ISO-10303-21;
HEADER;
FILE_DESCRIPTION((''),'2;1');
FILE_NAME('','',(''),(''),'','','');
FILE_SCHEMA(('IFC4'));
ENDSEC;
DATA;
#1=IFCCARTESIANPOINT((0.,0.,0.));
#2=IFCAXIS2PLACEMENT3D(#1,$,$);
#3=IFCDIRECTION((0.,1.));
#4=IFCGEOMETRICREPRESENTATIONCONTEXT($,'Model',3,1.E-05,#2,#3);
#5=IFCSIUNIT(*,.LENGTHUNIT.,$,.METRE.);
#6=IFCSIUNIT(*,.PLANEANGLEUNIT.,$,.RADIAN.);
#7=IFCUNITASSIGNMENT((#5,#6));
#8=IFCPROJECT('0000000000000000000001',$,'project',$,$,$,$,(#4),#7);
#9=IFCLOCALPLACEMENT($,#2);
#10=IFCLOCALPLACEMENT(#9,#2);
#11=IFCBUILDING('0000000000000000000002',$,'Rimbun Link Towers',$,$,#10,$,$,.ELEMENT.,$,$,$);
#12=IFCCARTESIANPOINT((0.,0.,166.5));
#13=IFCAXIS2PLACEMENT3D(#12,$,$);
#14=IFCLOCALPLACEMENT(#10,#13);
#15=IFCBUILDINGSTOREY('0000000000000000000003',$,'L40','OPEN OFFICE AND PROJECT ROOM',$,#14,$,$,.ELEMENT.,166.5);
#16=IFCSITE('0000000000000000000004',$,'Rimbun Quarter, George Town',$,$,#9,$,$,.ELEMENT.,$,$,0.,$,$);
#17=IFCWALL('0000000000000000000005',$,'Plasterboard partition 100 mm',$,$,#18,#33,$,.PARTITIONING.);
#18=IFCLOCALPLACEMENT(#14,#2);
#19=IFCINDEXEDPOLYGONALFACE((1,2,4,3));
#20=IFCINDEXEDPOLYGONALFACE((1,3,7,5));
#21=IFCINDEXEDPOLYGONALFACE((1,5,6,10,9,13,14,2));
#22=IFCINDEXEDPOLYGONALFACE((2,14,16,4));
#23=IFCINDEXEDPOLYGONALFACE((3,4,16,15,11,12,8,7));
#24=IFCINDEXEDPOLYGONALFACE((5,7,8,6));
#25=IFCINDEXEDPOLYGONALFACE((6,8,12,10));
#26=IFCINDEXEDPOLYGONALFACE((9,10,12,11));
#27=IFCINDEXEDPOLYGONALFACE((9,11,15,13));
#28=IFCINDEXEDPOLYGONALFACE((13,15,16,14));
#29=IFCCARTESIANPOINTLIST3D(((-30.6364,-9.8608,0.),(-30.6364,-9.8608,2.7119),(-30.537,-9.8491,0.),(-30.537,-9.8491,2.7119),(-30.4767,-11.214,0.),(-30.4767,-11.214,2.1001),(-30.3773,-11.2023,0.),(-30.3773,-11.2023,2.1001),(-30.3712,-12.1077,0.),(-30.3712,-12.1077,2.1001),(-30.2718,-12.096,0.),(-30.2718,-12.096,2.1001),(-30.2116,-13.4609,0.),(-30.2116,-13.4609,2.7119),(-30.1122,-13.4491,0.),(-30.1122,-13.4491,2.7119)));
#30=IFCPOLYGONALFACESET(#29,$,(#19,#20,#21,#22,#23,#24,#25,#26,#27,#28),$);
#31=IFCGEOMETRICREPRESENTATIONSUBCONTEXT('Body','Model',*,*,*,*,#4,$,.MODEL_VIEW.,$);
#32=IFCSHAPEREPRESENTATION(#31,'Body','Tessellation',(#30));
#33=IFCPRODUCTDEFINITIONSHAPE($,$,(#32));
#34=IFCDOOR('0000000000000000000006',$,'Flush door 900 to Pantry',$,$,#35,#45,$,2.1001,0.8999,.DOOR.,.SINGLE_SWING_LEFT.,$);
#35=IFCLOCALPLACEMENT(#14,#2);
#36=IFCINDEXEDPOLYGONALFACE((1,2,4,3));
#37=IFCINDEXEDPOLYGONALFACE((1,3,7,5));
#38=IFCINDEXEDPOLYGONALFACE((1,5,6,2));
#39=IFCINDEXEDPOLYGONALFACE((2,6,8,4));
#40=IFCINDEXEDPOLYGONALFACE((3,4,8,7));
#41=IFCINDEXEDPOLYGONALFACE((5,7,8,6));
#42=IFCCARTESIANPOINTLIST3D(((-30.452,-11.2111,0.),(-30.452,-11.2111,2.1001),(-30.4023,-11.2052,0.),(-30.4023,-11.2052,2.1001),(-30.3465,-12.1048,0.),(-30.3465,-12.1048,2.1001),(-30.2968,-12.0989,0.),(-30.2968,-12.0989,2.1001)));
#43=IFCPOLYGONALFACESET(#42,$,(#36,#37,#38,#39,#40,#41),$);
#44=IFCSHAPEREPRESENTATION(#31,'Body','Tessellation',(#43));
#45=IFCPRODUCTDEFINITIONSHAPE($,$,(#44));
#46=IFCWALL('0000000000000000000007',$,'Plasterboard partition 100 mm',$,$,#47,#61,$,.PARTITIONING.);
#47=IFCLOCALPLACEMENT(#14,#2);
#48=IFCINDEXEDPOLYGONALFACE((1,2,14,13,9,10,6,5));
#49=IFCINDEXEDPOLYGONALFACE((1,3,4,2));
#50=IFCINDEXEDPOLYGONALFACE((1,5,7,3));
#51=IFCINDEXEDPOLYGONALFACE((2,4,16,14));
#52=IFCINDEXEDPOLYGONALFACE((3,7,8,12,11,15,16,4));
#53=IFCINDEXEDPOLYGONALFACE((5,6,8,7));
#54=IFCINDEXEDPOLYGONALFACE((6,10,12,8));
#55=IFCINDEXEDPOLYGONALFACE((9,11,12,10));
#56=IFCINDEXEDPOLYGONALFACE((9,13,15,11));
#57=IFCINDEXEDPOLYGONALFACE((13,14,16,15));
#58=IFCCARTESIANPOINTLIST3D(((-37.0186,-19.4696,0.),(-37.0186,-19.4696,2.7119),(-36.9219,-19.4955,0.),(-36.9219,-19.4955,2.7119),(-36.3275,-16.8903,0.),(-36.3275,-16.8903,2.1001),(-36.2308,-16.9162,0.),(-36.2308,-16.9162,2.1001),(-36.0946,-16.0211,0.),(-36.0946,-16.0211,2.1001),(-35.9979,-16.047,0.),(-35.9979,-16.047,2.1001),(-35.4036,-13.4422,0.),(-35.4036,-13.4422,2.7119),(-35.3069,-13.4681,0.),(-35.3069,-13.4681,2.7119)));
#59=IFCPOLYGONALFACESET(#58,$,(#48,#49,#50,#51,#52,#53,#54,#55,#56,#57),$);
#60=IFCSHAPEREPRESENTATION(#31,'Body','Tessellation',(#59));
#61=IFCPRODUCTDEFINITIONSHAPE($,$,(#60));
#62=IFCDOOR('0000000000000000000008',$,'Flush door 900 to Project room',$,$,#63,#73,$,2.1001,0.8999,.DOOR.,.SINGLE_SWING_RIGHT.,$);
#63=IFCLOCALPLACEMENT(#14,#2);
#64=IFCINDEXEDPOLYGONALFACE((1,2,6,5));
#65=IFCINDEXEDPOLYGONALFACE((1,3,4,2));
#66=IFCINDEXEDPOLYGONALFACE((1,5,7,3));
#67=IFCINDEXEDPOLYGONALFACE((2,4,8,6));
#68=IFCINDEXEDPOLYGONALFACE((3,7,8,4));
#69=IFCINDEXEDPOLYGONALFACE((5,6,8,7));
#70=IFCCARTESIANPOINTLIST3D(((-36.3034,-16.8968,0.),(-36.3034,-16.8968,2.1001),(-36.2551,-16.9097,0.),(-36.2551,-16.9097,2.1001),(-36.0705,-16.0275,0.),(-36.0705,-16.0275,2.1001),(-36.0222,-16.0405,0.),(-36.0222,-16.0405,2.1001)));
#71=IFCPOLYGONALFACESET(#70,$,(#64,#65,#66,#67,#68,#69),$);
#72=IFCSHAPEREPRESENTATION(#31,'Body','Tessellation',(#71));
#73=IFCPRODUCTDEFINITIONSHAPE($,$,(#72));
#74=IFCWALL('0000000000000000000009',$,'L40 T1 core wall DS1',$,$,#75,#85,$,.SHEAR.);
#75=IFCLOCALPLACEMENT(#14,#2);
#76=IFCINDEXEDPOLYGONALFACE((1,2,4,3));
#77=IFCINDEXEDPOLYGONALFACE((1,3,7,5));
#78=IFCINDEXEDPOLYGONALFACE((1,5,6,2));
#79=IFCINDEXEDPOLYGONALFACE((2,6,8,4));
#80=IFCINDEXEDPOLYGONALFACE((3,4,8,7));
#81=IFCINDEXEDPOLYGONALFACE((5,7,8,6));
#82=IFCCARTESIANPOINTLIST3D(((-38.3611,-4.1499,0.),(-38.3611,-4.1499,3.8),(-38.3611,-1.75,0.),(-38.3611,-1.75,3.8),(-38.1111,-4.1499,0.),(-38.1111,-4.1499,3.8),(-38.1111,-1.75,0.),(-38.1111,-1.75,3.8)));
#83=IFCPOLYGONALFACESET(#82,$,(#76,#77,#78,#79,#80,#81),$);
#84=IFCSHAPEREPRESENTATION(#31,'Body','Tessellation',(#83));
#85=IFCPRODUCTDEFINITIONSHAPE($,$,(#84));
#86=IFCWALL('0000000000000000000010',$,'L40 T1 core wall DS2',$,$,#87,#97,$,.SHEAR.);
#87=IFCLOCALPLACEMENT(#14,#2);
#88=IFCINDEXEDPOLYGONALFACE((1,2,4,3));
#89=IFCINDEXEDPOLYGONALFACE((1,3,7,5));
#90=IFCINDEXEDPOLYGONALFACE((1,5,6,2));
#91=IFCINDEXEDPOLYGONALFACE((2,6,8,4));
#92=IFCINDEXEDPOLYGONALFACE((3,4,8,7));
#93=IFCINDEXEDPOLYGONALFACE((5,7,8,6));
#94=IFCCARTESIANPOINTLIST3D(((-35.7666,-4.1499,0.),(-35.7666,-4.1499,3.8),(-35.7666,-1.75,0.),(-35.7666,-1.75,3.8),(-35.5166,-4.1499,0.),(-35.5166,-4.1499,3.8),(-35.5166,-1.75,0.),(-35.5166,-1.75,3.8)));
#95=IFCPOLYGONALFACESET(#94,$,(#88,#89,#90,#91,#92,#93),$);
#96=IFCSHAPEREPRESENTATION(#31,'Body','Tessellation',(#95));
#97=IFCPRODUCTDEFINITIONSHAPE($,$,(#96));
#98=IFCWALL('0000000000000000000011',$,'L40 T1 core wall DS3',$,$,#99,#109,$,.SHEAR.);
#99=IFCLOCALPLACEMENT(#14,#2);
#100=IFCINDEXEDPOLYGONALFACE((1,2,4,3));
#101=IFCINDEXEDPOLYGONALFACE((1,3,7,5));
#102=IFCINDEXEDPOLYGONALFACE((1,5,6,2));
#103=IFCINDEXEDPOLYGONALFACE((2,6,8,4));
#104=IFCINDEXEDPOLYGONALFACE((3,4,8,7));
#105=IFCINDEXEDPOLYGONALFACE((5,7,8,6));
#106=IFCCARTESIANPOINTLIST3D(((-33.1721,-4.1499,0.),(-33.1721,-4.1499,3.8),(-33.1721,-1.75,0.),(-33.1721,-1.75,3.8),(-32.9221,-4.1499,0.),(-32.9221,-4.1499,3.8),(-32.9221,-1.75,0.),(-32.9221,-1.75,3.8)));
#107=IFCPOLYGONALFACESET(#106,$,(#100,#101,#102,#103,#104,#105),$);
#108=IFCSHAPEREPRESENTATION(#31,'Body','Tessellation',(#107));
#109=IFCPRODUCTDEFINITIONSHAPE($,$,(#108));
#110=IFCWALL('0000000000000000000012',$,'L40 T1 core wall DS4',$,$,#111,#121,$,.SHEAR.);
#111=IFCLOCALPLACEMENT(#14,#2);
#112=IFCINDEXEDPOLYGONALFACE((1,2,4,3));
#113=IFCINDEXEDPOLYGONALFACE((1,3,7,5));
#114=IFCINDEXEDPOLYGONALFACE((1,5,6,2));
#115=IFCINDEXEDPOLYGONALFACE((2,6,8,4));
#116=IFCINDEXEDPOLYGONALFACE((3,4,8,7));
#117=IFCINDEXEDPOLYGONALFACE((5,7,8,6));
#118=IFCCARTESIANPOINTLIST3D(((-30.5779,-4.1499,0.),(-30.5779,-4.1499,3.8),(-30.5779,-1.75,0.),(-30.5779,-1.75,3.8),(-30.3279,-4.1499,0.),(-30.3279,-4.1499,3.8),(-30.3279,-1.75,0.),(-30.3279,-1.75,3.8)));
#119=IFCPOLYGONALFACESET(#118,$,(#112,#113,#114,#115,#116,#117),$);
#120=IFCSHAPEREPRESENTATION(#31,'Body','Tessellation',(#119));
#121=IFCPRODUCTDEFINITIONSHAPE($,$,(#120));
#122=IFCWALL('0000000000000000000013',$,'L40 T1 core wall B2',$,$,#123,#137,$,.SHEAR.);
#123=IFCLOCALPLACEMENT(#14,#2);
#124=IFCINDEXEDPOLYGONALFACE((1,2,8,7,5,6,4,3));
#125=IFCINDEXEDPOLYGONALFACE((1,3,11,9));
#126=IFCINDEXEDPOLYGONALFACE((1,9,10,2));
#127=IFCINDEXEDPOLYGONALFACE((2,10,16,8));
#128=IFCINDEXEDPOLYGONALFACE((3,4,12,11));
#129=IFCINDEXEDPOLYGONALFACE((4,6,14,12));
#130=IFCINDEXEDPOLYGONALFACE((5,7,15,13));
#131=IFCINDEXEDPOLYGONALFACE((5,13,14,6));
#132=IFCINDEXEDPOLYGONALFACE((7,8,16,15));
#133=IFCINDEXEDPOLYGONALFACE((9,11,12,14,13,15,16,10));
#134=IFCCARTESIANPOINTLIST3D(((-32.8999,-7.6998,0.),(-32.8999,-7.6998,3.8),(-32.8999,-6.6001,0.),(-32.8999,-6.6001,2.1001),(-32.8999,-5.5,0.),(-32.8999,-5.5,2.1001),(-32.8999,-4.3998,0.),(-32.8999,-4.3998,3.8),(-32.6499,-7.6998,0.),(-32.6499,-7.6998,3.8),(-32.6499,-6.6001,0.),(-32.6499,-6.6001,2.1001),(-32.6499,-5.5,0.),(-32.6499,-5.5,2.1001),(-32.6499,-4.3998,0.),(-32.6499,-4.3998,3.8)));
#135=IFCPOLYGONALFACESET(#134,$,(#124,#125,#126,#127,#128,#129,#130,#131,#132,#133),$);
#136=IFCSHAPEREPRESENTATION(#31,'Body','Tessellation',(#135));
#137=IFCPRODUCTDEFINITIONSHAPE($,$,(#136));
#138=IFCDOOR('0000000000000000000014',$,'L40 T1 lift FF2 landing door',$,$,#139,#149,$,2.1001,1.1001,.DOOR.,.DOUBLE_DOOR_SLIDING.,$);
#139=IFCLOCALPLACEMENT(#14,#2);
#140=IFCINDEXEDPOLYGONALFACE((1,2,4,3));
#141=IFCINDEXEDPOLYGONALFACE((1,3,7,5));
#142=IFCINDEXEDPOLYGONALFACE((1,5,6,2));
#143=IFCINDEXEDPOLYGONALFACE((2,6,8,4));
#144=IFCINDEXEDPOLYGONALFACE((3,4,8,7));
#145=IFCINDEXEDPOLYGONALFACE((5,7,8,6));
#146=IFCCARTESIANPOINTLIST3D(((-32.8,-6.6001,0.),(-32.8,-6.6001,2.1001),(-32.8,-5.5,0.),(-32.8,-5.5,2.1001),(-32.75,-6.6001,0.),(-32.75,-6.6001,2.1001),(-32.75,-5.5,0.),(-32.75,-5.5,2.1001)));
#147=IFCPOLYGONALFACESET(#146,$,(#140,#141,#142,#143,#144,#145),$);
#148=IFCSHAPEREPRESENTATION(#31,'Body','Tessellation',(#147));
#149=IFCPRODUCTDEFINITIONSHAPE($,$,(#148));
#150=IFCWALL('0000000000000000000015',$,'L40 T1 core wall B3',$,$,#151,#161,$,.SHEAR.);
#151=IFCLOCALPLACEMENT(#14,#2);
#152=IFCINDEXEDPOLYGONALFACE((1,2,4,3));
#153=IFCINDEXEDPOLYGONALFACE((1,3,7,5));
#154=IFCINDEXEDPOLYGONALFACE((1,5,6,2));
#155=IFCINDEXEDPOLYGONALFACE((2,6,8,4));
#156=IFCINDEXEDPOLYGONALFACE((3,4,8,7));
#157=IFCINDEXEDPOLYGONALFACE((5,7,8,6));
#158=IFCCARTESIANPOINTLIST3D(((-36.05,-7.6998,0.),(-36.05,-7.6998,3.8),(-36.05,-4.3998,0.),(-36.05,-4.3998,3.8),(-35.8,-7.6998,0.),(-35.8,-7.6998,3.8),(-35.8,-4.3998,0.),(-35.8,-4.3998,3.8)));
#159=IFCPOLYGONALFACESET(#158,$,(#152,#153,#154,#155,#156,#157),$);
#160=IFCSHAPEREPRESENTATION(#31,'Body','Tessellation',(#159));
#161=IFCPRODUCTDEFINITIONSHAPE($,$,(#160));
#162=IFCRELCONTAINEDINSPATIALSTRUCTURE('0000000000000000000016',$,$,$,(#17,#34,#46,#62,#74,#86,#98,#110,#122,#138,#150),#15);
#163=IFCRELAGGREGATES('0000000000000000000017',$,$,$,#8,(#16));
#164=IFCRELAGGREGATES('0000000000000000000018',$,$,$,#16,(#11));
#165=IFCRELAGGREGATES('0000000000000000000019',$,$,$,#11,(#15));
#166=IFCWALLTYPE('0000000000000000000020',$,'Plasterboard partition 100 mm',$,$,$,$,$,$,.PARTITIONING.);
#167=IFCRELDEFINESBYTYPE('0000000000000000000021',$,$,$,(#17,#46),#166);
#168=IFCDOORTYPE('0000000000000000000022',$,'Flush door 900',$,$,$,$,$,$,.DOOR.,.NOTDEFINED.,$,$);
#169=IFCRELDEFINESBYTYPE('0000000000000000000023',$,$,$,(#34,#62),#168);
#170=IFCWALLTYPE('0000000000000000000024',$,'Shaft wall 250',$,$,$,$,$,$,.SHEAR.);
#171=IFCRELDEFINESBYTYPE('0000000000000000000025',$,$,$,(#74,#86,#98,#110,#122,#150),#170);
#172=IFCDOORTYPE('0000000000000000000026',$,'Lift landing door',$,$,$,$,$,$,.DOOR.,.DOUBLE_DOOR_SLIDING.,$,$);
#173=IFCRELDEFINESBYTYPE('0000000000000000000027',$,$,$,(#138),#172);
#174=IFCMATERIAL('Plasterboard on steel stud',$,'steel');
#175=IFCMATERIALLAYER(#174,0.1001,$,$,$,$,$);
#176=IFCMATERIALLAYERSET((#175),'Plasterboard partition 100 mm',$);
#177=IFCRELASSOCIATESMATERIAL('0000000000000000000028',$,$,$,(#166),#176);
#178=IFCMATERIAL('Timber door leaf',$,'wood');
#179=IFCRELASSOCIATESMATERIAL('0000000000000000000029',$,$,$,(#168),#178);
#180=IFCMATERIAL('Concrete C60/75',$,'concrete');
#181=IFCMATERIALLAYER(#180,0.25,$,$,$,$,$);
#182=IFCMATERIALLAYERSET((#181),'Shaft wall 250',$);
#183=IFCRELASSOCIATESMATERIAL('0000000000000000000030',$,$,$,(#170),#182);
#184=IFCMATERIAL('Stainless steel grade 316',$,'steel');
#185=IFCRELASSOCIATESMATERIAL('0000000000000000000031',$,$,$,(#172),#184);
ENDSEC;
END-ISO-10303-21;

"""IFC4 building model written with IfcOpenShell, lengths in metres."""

from ifc_helpers import new_model, si_unit, direction, frame, frame_2d, origin, place, context, subcontext, project, spatial, rectangle, extrude, material, layer, layer_set, type_object, element, fill, save


model = new_model("IFC4")

# Units and contexts
model_context = context("Model", 3, precision=1e-05, world=origin(), true_north=direction((0.0, 1.0)))
body_context = subcontext(model_context, "Body", "Model", "MODEL_VIEW")
ifc_project = project(units=[si_unit("LENGTHUNIT", "METRE"), si_unit("PLANEANGLEUNIT", "RADIAN")], contexts=[model_context])

# Site, building, storey
site_placement = place(None, origin())
site = spatial("IfcSite", under=ifc_project, at=site_placement, Name="Rimbun Quarter, George Town", CompositionType="ELEMENT", RefElevation=0.0)
building_placement = place(site_placement, origin())
building = spatial("IfcBuilding", under=site, at=building_placement, Name="Rimbun Link Towers", CompositionType="ELEMENT")
storey_placement = place(building_placement, frame((0.0, 0.0, 166.5)))
storey = spatial("IfcBuildingStorey", under=building, at=storey_placement, Name="L40", Description="OPEN OFFICE AND PROJECT ROOM", CompositionType="ELEMENT", Elevation=166.5)

# Walls, openings, doors
ifc_material_1 = material(Name="Plasterboard on steel stud", Category="steel")
ifc_layer_1 = layer(ifc_material_1, 0.1001)
ifc_layer_set_1 = layer_set([ifc_layer_1], Name="Plasterboard partition 100 mm")
wall_type_1 = type_object("IfcWallType", Name="Plasterboard partition 100 mm", PredefinedType="PARTITIONING", material=ifc_layer_set_1)
ifc_material_2 = material(Name="Timber door leaf", Category="wood")
door_type_1 = type_object("IfcDoorType", Name="Flush door 900", OperationType="NOTDEFINED", PredefinedType="DOOR", material=ifc_material_2)
wall_1_placement = place(storey_placement, frame((-30.5867, -9.855, 0.0), z_axis=(0.0, 0.0, 1.0), x_axis=(0.117185, -0.99311, 0.0)))
wall_1 = element("IfcWall", 1, at=wall_1_placement, inside=storey, type_object=wall_type_1, Name="Plasterboard partition 100 mm", PredefinedType="PARTITIONING", context=body_context, shape_type="SweptSolid", body=[
    extrude(rectangle(XDim=3.625, YDim=0.1001, at=frame_2d((1.8125, 0.0))), origin(), (0.0, 0.0, 1.0), 2.7119),
])
opening_1_placement = place(wall_1_placement, frame((1.3625, 0.0, 0.0)))
opening_1 = element("IfcOpeningElement", 2, at=opening_1_placement, cuts=wall_1, PredefinedType="OPENING", context=body_context, shape_type="SweptSolid", body=[
    extrude(rectangle(XDim=0.8999, YDim=2.1001, at=frame_2d((0.45, 1.05))), frame((0.0, 0.0601, 0.0), z_axis=(0.0, -1.0, 0.0), x_axis=(1.0, 0.0, 0.0)), (0.0, 0.0, 1.0), 0.1201),
])
door_1_placement = place(opening_1_placement, origin())
door_1 = element("IfcDoor", 3, at=door_1_placement, inside=storey, type_object=door_type_1, Name="Flush door 900 to Pantry", OperationType="SINGLE_SWING_LEFT", OverallHeight=2.1001, OverallWidth=0.8999, PredefinedType="DOOR", context=body_context, shape_type="SweptSolid", body=[
    extrude(rectangle(XDim=0.8999, YDim=2.1001, at=frame_2d((0.45, 1.05))), frame((0.0, 0.0249, 0.0), z_axis=(0.0, -1.0, 0.0), x_axis=(1.0, 0.0, 0.0)), (0.0, 0.0, 1.0), 0.05),
])
fill(opening_1, door_1)
wall_2_placement = place(storey_placement, frame((-35.3552, -13.4551, 0.0), z_axis=(0.0, 0.0, 1.0), x_axis=(-0.258814, -0.965927, 0.0)))
wall_2 = element("IfcWall", 4, at=wall_2_placement, inside=storey, type_object=wall_type_1, Name="Plasterboard partition 100 mm", PredefinedType="PARTITIONING", context=body_context, shape_type="SweptSolid", body=[
    extrude(rectangle(XDim=6.24, YDim=0.1001, at=frame_2d((3.1201, 0.0))), origin(), (0.0, 0.0, 1.0), 2.7119),
])
opening_2_placement = place(wall_2_placement, frame((2.6699, 0.0, 0.0)))
opening_2 = element("IfcOpeningElement", 5, at=opening_2_placement, cuts=wall_2, PredefinedType="OPENING", context=body_context, shape_type="SweptSolid", body=[
    extrude(rectangle(XDim=0.8999, YDim=2.1001, at=frame_2d((0.45, 1.05))), frame((0.0, 0.0601, 0.0), z_axis=(0.0, -1.0, 0.0), x_axis=(1.0, 0.0, 0.0)), (0.0, 0.0, 1.0), 0.1201),
])
door_2_placement = place(opening_2_placement, origin())
door_2 = element("IfcDoor", 6, at=door_2_placement, inside=storey, type_object=door_type_1, Name="Flush door 900 to Project room", OperationType="SINGLE_SWING_RIGHT", OverallHeight=2.1001, OverallWidth=0.8999, PredefinedType="DOOR", context=body_context, shape_type="SweptSolid", body=[
    extrude(rectangle(XDim=0.8999, YDim=2.1001, at=frame_2d((0.45, 1.05))), frame((0.0, 0.0249, 0.0), z_axis=(0.0, -1.0, 0.0), x_axis=(1.0, 0.0, 0.0)), (0.0, 0.0, 1.0), 0.05),
])
fill(opening_2, door_2)

# Walls
ifc_material_3 = material(Name="Concrete C60/75", Category="concrete")
ifc_layer_2 = layer(ifc_material_3, 0.25)
ifc_layer_set_2 = layer_set([ifc_layer_2], Name="Shaft wall 250")
wall_type_2 = type_object("IfcWallType", Name="Shaft wall 250", PredefinedType="SHEAR", material=ifc_layer_set_2)
for number, where, z_axis, x_axis, name in (
    (7, (-38.2361, -4.1499, 0.0), (0.0, 0.0, 1.0), (0.0, 1.0, 0.0), "L40 T1 core wall DS1"),
    (8, (-35.6416, -4.1499, 0.0), (0.0, 0.0, 1.0), (0.0, 1.0, 0.0), "L40 T1 core wall DS2"),
    (9, (-33.0471, -4.1499, 0.0), (0.0, 0.0, 1.0), (0.0, 1.0, 0.0), "L40 T1 core wall DS3"),
    (10, (-30.4529, -4.1499, 0.0), (0.0, 0.0, 1.0), (0.0, 1.0, 0.0), "L40 T1 core wall DS4"),
):
    element("IfcWall", number, at=place(storey_placement, frame(where, z_axis=z_axis, x_axis=x_axis)), inside=storey, type_object=wall_type_2, Name=name, PredefinedType="SHEAR", context=body_context, shape_type="SweptSolid", body=[
        extrude(rectangle(XDim=2.3999, YDim=0.25, at=frame_2d((1.2, 0.0))), origin(), (0.0, 0.0, 1.0), 3.8),
    ])

# Wall, opening, door
wall_3_placement = place(storey_placement, frame((-32.7749, -4.3999, 0.0), z_axis=(0.0, 0.0, 1.0), x_axis=(0.0, -1.0, 0.0)))
wall_3 = element("IfcWall", 11, at=wall_3_placement, inside=storey, type_object=wall_type_2, Name="L40 T1 core wall B2", PredefinedType="SHEAR", context=body_context, shape_type="SweptSolid", body=[
    extrude(rectangle(XDim=3.3, YDim=0.25, at=frame_2d((1.6499, 0.0))), origin(), (0.0, 0.0, 1.0), 3.8),
])
opening_3_placement = place(wall_3_placement, frame((1.1001, 0.0, 0.0)))
opening_3 = element("IfcOpeningElement", 12, at=opening_3_placement, cuts=wall_3, PredefinedType="OPENING", context=body_context, shape_type="SweptSolid", body=[
    extrude(rectangle(XDim=1.1001, YDim=2.1001, at=frame_2d((0.55, 1.05))), frame((0.0, 0.135, 0.0), z_axis=(0.0, -1.0, 0.0), x_axis=(1.0, 0.0, 0.0)), (0.0, 0.0, 1.0), 0.27),
])
ifc_material_4 = material(Name="Stainless steel grade 316", Category="steel")
door_type_2 = type_object("IfcDoorType", Name="Lift landing door", OperationType="DOUBLE_DOOR_SLIDING", PredefinedType="DOOR", material=ifc_material_4)
door_3_placement = place(opening_3_placement, origin())
door_3 = element("IfcDoor", 13, at=door_3_placement, inside=storey, type_object=door_type_2, Name="L40 T1 lift FF2 landing door", OperationType="DOUBLE_DOOR_SLIDING", OverallHeight=2.1001, OverallWidth=1.1001, PredefinedType="DOOR", context=body_context, shape_type="SweptSolid", body=[
    extrude(rectangle(XDim=1.1001, YDim=2.1001, at=frame_2d((0.55, 1.05))), frame((0.0, 0.0249, 0.0), z_axis=(0.0, -1.0, 0.0), x_axis=(1.0, 0.0, 0.0)), (0.0, 0.0, 1.0), 0.05),
])
fill(opening_3, door_3)

# Wall
wall_4_placement = place(storey_placement, frame((-35.925, -4.3999, 0.0), z_axis=(0.0, 0.0, 1.0), x_axis=(0.0, -1.0, 0.0)))
element("IfcWall", 14, at=wall_4_placement, inside=storey, type_object=wall_type_2, Name="L40 T1 core wall B3", PredefinedType="SHEAR", context=body_context, shape_type="SweptSolid", body=[
    extrude(rectangle(XDim=3.3, YDim=0.25, at=frame_2d((1.6499, 0.0))), origin(), (0.0, 0.0, 1.0), 3.8),
])

save(model, "model.ifc")
